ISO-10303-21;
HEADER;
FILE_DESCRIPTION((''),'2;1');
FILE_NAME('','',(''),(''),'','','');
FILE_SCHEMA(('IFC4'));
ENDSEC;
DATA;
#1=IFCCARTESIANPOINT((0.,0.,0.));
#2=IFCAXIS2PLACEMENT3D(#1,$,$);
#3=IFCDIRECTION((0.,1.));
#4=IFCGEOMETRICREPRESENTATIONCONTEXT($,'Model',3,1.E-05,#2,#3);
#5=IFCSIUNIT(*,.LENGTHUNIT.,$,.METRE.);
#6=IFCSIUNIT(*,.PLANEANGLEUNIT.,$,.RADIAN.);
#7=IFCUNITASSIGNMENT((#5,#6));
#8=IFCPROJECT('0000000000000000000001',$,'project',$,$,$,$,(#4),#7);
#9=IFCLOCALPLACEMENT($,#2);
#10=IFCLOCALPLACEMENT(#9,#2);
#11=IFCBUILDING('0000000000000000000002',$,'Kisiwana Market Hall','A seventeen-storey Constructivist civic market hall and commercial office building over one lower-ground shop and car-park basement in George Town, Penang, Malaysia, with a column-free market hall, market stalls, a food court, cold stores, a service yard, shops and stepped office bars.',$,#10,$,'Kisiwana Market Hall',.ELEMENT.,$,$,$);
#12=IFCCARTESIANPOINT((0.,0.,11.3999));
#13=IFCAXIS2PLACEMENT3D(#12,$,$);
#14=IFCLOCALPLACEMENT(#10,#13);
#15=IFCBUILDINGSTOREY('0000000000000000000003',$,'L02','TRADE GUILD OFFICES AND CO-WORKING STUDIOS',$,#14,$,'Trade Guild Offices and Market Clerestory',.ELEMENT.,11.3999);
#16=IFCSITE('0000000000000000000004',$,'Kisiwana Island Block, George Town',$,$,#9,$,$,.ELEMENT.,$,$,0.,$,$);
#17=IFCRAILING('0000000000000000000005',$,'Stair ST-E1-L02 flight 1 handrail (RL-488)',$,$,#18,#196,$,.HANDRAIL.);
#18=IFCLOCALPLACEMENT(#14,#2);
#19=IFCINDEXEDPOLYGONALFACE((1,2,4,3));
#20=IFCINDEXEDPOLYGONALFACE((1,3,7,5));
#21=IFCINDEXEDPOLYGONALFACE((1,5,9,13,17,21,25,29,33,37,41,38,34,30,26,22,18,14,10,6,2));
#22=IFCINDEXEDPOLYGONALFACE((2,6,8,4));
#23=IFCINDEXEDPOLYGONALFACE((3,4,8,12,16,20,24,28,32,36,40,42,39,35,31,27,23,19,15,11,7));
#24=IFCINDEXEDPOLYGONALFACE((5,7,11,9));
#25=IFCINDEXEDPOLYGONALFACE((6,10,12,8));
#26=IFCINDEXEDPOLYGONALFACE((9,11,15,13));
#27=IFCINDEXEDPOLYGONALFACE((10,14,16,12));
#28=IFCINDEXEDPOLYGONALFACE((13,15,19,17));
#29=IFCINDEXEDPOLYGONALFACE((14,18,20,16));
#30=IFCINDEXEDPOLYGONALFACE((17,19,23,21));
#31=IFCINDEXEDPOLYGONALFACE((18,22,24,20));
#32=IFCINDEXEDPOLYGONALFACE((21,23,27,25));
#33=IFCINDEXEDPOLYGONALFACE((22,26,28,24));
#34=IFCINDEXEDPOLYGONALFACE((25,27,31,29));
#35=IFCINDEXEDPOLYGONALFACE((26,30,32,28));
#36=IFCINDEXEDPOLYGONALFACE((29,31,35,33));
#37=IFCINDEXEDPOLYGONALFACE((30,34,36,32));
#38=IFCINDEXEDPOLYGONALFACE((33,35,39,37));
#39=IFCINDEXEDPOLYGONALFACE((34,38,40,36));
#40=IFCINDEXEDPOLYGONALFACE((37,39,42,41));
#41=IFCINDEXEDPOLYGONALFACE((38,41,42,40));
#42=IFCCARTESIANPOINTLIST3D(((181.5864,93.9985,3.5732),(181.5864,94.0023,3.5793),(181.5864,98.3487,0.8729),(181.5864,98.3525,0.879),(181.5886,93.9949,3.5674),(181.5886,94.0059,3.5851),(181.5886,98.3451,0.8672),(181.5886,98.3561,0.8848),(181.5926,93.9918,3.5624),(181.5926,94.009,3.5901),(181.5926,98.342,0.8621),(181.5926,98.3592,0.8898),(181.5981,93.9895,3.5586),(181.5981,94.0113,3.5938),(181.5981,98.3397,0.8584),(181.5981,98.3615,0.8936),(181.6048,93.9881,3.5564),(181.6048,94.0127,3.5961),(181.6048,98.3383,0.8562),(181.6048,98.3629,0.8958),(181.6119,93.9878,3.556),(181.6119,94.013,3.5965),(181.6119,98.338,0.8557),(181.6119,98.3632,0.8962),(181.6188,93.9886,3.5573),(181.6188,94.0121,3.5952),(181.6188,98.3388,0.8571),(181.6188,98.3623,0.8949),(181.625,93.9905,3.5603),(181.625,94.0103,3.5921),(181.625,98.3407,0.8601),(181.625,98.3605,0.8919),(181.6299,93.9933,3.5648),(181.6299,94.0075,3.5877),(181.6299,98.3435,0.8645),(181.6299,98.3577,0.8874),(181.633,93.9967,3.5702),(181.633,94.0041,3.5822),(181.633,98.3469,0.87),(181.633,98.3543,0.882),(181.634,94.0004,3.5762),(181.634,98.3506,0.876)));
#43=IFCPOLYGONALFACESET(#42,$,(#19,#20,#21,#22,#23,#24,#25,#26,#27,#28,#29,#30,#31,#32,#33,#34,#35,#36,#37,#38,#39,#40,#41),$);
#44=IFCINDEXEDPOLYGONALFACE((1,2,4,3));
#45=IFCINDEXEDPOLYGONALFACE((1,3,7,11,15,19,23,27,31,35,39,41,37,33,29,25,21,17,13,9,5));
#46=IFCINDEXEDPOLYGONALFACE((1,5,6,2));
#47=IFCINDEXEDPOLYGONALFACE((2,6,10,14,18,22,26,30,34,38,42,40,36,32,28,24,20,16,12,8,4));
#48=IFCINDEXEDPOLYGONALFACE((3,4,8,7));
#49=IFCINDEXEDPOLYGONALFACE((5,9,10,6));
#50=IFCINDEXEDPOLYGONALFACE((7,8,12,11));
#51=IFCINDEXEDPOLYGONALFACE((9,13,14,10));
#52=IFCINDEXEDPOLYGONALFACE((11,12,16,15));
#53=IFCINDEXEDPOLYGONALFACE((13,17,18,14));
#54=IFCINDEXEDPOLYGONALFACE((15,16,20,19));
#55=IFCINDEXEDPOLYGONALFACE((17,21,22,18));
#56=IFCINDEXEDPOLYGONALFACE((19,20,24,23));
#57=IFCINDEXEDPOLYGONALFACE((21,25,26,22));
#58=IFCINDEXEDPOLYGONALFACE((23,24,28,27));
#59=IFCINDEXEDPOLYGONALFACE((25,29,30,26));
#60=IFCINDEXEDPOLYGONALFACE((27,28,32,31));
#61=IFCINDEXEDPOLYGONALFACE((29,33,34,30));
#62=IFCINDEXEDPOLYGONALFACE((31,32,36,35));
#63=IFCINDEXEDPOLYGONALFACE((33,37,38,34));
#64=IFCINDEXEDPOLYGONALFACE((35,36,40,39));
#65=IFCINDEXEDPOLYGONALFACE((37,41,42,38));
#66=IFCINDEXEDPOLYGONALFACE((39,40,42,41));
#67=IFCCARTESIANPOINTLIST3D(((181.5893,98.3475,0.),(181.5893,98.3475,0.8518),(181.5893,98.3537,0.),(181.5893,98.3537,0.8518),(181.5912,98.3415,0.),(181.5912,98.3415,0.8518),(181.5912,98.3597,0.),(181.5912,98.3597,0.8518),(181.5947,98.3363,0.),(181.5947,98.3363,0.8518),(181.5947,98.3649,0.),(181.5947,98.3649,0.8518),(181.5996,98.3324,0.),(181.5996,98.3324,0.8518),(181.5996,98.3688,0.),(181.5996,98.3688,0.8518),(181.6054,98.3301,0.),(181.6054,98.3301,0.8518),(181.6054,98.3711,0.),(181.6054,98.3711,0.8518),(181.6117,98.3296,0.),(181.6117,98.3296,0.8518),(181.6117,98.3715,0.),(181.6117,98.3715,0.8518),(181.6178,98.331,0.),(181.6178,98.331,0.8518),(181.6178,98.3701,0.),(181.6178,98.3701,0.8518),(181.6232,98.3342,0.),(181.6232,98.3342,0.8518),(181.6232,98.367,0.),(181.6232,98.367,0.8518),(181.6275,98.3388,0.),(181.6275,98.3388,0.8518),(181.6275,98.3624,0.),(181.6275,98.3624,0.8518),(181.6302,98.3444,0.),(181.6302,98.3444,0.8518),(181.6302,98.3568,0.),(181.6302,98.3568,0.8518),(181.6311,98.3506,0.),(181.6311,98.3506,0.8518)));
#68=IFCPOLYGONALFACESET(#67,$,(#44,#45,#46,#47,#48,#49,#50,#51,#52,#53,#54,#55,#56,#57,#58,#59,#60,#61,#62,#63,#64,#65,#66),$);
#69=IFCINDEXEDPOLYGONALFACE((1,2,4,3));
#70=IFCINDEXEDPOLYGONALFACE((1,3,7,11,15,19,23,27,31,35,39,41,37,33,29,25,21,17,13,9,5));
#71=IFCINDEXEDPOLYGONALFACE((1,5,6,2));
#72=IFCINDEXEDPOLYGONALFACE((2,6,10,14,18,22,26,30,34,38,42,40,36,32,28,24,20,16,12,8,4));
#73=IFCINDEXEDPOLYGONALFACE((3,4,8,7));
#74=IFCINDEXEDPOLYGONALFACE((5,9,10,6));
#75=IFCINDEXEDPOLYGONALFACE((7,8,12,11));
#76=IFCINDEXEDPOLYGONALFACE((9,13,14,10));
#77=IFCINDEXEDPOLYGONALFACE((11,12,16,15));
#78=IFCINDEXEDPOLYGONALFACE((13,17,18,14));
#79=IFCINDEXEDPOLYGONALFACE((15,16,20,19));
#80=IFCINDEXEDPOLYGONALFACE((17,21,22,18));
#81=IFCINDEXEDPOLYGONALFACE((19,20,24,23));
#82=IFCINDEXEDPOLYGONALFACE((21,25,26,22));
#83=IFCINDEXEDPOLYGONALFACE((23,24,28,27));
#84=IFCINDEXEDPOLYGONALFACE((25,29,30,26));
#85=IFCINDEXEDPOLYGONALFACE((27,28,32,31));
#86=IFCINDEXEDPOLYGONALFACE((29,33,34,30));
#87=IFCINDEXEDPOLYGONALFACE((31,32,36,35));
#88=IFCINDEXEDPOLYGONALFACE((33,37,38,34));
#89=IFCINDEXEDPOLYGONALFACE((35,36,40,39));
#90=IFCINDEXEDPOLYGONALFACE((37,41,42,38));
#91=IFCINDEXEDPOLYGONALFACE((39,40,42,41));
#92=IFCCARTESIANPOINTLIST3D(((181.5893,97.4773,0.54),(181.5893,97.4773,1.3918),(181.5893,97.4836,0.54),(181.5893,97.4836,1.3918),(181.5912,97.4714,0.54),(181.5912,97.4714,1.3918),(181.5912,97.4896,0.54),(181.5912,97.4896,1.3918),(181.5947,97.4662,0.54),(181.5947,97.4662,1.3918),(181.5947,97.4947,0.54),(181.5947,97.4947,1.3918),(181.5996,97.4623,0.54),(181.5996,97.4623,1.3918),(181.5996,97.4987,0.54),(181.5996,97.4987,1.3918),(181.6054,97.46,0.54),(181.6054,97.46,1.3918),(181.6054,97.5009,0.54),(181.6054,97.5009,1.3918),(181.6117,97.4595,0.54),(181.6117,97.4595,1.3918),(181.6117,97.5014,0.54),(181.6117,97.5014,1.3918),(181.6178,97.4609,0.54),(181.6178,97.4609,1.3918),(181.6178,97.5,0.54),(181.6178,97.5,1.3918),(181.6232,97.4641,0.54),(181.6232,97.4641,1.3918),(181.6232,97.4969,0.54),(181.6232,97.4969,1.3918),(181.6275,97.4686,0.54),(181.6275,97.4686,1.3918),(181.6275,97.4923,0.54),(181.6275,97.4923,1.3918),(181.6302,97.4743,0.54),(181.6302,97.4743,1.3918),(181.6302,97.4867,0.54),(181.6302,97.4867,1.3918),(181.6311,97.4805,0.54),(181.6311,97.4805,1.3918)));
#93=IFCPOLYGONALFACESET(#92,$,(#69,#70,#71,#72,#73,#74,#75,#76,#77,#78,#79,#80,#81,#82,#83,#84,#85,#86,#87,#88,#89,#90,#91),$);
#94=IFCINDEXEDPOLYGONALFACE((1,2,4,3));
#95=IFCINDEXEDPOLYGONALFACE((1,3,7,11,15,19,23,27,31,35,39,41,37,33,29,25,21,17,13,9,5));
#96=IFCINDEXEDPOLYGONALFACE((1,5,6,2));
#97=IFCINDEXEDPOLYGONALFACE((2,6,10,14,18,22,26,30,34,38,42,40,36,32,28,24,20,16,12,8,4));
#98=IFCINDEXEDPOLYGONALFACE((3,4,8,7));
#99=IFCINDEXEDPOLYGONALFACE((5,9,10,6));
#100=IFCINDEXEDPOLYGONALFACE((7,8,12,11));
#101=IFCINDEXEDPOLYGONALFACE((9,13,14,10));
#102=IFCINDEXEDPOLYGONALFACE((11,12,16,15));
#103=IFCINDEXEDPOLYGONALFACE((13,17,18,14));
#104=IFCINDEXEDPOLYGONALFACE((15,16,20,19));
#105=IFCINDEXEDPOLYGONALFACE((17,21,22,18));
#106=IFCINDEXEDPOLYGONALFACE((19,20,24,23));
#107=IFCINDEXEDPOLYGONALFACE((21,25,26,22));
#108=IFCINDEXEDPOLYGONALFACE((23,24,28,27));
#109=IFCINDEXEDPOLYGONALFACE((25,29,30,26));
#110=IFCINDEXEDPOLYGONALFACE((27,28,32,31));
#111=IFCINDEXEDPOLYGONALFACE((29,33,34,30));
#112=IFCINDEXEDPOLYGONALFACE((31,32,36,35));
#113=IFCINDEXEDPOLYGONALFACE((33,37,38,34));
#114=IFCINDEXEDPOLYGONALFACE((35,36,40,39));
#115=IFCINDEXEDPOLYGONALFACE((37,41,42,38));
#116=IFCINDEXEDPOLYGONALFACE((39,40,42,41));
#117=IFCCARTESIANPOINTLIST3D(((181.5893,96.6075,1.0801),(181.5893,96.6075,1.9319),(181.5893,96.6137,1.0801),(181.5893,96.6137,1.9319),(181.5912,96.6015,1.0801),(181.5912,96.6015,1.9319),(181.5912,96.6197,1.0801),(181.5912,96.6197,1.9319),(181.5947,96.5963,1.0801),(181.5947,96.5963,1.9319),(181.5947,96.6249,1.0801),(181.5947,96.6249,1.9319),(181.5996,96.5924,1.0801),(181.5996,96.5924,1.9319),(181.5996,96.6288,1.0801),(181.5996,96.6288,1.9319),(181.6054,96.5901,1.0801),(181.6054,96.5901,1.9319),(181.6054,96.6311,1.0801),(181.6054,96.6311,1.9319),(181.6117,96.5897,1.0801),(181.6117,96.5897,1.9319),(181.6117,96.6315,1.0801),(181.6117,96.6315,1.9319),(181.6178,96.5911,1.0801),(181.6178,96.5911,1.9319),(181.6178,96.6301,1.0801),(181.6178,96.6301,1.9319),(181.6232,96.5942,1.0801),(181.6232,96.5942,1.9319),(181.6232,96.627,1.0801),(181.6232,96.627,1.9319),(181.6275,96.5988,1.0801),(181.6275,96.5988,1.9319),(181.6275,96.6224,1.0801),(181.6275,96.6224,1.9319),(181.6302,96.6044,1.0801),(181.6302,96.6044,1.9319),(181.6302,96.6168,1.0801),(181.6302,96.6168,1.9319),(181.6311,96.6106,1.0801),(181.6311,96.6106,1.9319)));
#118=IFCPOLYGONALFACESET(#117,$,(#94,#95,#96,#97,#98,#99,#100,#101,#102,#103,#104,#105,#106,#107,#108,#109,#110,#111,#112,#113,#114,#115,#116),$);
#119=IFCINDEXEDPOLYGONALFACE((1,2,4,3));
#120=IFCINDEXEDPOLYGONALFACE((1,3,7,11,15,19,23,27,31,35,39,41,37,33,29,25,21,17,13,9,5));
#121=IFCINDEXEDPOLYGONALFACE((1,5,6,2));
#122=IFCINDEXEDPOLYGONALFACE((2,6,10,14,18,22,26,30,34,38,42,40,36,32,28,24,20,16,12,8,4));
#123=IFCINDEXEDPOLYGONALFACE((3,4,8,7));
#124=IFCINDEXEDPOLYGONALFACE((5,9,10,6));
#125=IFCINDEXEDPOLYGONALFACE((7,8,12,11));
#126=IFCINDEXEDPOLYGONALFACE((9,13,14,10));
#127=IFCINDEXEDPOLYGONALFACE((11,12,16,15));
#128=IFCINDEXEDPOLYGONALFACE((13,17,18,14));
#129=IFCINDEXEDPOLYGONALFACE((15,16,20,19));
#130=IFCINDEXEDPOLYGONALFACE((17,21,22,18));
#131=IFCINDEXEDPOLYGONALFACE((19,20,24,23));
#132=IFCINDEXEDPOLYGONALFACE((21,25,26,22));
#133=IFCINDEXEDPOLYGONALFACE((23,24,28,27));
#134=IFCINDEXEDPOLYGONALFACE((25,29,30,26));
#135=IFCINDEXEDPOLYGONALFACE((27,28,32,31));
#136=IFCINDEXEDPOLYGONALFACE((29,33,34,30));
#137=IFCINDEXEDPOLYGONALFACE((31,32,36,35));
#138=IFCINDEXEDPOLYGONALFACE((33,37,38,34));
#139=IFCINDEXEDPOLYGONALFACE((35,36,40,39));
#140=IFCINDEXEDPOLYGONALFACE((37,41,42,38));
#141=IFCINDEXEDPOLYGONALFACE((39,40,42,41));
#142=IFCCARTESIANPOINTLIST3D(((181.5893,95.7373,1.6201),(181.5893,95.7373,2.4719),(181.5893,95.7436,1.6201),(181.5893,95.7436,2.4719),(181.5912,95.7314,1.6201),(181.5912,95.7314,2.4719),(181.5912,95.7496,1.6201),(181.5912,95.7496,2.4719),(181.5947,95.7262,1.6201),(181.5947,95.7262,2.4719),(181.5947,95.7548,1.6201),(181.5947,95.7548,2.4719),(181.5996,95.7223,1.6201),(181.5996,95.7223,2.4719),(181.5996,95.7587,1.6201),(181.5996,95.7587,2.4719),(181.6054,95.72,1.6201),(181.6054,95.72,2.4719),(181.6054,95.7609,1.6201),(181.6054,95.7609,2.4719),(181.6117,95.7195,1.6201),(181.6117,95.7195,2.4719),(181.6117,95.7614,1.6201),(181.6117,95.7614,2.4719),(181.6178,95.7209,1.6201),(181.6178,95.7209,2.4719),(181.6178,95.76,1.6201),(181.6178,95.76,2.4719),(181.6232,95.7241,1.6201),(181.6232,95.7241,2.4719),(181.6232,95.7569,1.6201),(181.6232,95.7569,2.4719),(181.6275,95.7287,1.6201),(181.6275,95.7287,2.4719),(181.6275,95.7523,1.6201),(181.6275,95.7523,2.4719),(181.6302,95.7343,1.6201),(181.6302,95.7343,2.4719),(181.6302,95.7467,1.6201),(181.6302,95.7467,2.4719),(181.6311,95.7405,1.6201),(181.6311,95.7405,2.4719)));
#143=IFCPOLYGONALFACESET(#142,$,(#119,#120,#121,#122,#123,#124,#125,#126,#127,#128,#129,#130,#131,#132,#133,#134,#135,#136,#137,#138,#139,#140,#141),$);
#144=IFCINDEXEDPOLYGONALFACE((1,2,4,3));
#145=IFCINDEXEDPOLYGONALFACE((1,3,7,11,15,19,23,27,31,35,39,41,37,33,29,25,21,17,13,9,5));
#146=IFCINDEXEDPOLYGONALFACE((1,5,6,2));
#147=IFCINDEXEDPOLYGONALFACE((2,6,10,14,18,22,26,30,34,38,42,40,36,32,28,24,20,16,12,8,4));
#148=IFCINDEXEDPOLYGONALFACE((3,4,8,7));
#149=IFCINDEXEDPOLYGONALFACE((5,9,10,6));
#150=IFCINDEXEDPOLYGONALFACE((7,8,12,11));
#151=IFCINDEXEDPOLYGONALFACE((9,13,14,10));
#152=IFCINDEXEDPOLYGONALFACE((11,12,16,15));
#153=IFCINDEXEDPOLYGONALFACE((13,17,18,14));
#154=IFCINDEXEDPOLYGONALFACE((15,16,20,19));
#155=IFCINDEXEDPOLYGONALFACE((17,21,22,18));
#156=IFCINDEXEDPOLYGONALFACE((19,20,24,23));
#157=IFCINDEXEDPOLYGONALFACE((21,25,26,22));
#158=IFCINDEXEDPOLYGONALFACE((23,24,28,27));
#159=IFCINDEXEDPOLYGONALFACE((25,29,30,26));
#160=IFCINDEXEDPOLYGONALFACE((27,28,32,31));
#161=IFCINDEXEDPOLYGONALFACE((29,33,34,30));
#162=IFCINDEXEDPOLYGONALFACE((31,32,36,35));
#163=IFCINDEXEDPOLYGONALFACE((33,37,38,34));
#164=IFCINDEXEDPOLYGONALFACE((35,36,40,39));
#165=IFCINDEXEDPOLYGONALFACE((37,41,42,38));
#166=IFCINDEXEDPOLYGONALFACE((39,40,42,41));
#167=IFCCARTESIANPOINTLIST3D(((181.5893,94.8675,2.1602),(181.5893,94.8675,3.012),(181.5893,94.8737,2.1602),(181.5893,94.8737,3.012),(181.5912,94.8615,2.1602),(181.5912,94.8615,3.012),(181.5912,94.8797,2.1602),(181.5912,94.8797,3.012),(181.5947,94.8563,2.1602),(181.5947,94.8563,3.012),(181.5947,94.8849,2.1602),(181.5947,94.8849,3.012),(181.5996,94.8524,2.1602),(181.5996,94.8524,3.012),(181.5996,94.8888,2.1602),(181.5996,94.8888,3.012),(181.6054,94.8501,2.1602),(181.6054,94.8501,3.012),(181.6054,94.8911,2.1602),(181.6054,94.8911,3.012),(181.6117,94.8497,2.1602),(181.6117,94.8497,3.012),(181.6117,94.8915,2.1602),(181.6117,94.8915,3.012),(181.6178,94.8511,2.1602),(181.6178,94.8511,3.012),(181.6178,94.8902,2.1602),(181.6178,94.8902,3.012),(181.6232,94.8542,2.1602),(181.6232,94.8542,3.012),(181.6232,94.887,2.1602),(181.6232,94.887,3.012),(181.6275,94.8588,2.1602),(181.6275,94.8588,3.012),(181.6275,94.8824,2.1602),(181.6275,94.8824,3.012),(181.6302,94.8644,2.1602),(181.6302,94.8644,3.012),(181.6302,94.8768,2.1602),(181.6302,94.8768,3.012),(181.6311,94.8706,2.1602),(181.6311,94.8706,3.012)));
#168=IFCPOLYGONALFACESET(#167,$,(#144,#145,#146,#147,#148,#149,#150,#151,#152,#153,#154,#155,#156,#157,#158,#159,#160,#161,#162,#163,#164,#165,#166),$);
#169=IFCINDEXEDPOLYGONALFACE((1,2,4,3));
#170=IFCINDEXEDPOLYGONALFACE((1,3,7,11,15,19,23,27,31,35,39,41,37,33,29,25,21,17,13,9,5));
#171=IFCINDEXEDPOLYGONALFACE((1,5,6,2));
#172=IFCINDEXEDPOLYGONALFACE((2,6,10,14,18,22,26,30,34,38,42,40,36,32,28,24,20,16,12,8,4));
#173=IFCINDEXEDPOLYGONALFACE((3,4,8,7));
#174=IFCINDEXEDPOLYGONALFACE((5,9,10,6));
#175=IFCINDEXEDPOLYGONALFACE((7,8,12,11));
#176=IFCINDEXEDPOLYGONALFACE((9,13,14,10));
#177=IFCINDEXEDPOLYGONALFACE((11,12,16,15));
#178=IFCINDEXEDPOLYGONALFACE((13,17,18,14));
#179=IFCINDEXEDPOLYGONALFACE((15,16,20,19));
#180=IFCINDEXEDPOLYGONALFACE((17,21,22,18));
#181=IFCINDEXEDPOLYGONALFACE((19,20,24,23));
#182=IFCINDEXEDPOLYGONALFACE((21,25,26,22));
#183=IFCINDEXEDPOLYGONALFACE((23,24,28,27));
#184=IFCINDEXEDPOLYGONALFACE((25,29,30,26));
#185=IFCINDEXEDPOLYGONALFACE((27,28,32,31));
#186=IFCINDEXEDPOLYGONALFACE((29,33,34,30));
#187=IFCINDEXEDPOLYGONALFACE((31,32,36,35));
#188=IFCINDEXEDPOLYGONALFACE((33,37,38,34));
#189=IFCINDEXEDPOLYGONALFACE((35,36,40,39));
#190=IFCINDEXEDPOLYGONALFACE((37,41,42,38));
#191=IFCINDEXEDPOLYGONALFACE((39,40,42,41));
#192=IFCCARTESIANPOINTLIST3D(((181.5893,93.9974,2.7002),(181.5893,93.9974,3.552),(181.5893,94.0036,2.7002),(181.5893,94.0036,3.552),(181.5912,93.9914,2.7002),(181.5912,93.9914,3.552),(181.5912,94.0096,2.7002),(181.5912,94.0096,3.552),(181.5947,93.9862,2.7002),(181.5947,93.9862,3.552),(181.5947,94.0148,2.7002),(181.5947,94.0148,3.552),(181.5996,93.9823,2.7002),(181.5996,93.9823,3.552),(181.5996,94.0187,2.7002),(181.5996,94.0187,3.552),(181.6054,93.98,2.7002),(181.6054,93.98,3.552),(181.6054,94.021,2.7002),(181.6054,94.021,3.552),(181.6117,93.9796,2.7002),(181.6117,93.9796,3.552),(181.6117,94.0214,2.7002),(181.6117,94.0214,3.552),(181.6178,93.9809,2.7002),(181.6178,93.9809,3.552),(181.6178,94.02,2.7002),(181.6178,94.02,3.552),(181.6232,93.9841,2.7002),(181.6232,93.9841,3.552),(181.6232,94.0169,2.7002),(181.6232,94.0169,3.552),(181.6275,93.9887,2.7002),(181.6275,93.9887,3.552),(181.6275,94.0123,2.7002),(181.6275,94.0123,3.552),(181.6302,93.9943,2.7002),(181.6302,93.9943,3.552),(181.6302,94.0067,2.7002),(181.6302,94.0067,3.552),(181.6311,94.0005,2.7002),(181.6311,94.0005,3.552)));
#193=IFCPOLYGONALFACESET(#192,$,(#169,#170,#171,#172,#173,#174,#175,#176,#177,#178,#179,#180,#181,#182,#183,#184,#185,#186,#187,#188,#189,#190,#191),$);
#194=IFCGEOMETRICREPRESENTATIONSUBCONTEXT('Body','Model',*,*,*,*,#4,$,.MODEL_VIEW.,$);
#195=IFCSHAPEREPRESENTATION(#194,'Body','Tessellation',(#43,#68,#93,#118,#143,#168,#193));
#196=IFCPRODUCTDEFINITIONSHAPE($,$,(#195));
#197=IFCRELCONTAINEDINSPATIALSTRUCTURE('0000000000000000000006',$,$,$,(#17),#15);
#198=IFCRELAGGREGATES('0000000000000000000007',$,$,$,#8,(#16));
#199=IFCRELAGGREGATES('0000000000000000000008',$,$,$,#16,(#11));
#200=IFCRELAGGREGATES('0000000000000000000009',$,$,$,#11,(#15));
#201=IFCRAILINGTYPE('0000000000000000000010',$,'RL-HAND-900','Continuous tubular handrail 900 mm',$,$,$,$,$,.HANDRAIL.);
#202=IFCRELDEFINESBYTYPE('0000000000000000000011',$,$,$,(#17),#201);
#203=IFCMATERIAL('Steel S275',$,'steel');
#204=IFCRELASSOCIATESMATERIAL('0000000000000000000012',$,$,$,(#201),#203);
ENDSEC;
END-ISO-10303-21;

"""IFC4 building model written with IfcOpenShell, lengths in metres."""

from ifc_helpers import new_model, si_unit, direction, frame, origin, origin_2d, place, context, subcontext, project, spatial, circle, extrude, material, type_object, element, save


model = new_model("IFC4")

# Units and contexts
model_context = context("Model", 3, precision=1e-05, world=origin(), true_north=direction((0.0, 1.0)))
body_context = subcontext(model_context, "Body", "Model", "MODEL_VIEW")
ifc_project = project(units=[si_unit("LENGTHUNIT", "METRE"), si_unit("PLANEANGLEUNIT", "RADIAN")], contexts=[model_context])

# Site, building, storey
site_placement = place(None, origin())
site = spatial("IfcSite", under=ifc_project, at=site_placement, Name="Kisiwana Island Block, George Town", CompositionType="ELEMENT", RefElevation=0.0)
building_placement = place(site_placement, origin())
building = spatial("IfcBuilding", under=site, at=building_placement, Name="Kisiwana Market Hall", Description="A seventeen-storey Constructivist civic market hall and commercial office building over one lower-ground shop and car-park basement in George Town, Penang, Malaysia, with a column-free market hall, market stalls, a food court, cold stores, a service yard, shops and stepped office bars.", LongName="Kisiwana Market Hall", CompositionType="ELEMENT")
storey_placement = place(building_placement, frame((0.0, 0.0, 11.3999)))
storey = spatial("IfcBuildingStorey", under=building, at=storey_placement, Name="L02", Description="TRADE GUILD OFFICES AND CO-WORKING STUDIOS", LongName="Trade Guild Offices and Market Clerestory", CompositionType="ELEMENT", Elevation=11.3999)

# Railing
ifc_material_1 = material(Name="Steel S275", Category="steel")
railing_type_1 = type_object("IfcRailingType", Name="RL-HAND-900", Description="Continuous tubular handrail 900 mm", PredefinedType="HANDRAIL", material=ifc_material_1)
railing_1_placement = place(storey_placement, frame((181.6101, 98.3506, 0.0)))
element("IfcRailing", 1, at=railing_1_placement, inside=storey, type_object=railing_type_1, Name="Stair ST-E1-L02 flight 1 handrail (RL-488)", PredefinedType="HANDRAIL", context=body_context, shape_type="SweptSolid", body=[
    extrude(circle(Radius=0.0239, at=origin_2d()), frame((0.0, 0.0, 0.876), z_axis=(0.0, -0.849628, 0.527382), x_axis=(1.0, 0.0, 0.0)), (0.0, 0.0, 1.0), 5.1201),
    extrude(circle(Radius=0.021, at=origin_2d()), origin(), (0.0, 0.0, 1.0), 0.8518),
    extrude(circle(Radius=0.021, at=origin_2d()), frame((0.0, -0.8701, 0.54)), (0.0, 0.0, 1.0), 0.8518),
    extrude(circle(Radius=0.021, at=origin_2d()), frame((0.0, -1.74, 1.0801)), (0.0, 0.0, 1.0), 0.8518),
    extrude(circle(Radius=0.021, at=origin_2d()), frame((0.0, -2.6101, 1.6201)), (0.0, 0.0, 1.0), 0.8518),
    extrude(circle(Radius=0.021, at=origin_2d()), frame((0.0, -3.48, 2.1602)), (0.0, 0.0, 1.0), 0.8518),
    extrude(circle(Radius=0.021, at=origin_2d()), frame((0.0, -4.3501, 2.7002)), (0.0, 0.0, 1.0), 0.8518),
])

save(model, "model.ifc")
